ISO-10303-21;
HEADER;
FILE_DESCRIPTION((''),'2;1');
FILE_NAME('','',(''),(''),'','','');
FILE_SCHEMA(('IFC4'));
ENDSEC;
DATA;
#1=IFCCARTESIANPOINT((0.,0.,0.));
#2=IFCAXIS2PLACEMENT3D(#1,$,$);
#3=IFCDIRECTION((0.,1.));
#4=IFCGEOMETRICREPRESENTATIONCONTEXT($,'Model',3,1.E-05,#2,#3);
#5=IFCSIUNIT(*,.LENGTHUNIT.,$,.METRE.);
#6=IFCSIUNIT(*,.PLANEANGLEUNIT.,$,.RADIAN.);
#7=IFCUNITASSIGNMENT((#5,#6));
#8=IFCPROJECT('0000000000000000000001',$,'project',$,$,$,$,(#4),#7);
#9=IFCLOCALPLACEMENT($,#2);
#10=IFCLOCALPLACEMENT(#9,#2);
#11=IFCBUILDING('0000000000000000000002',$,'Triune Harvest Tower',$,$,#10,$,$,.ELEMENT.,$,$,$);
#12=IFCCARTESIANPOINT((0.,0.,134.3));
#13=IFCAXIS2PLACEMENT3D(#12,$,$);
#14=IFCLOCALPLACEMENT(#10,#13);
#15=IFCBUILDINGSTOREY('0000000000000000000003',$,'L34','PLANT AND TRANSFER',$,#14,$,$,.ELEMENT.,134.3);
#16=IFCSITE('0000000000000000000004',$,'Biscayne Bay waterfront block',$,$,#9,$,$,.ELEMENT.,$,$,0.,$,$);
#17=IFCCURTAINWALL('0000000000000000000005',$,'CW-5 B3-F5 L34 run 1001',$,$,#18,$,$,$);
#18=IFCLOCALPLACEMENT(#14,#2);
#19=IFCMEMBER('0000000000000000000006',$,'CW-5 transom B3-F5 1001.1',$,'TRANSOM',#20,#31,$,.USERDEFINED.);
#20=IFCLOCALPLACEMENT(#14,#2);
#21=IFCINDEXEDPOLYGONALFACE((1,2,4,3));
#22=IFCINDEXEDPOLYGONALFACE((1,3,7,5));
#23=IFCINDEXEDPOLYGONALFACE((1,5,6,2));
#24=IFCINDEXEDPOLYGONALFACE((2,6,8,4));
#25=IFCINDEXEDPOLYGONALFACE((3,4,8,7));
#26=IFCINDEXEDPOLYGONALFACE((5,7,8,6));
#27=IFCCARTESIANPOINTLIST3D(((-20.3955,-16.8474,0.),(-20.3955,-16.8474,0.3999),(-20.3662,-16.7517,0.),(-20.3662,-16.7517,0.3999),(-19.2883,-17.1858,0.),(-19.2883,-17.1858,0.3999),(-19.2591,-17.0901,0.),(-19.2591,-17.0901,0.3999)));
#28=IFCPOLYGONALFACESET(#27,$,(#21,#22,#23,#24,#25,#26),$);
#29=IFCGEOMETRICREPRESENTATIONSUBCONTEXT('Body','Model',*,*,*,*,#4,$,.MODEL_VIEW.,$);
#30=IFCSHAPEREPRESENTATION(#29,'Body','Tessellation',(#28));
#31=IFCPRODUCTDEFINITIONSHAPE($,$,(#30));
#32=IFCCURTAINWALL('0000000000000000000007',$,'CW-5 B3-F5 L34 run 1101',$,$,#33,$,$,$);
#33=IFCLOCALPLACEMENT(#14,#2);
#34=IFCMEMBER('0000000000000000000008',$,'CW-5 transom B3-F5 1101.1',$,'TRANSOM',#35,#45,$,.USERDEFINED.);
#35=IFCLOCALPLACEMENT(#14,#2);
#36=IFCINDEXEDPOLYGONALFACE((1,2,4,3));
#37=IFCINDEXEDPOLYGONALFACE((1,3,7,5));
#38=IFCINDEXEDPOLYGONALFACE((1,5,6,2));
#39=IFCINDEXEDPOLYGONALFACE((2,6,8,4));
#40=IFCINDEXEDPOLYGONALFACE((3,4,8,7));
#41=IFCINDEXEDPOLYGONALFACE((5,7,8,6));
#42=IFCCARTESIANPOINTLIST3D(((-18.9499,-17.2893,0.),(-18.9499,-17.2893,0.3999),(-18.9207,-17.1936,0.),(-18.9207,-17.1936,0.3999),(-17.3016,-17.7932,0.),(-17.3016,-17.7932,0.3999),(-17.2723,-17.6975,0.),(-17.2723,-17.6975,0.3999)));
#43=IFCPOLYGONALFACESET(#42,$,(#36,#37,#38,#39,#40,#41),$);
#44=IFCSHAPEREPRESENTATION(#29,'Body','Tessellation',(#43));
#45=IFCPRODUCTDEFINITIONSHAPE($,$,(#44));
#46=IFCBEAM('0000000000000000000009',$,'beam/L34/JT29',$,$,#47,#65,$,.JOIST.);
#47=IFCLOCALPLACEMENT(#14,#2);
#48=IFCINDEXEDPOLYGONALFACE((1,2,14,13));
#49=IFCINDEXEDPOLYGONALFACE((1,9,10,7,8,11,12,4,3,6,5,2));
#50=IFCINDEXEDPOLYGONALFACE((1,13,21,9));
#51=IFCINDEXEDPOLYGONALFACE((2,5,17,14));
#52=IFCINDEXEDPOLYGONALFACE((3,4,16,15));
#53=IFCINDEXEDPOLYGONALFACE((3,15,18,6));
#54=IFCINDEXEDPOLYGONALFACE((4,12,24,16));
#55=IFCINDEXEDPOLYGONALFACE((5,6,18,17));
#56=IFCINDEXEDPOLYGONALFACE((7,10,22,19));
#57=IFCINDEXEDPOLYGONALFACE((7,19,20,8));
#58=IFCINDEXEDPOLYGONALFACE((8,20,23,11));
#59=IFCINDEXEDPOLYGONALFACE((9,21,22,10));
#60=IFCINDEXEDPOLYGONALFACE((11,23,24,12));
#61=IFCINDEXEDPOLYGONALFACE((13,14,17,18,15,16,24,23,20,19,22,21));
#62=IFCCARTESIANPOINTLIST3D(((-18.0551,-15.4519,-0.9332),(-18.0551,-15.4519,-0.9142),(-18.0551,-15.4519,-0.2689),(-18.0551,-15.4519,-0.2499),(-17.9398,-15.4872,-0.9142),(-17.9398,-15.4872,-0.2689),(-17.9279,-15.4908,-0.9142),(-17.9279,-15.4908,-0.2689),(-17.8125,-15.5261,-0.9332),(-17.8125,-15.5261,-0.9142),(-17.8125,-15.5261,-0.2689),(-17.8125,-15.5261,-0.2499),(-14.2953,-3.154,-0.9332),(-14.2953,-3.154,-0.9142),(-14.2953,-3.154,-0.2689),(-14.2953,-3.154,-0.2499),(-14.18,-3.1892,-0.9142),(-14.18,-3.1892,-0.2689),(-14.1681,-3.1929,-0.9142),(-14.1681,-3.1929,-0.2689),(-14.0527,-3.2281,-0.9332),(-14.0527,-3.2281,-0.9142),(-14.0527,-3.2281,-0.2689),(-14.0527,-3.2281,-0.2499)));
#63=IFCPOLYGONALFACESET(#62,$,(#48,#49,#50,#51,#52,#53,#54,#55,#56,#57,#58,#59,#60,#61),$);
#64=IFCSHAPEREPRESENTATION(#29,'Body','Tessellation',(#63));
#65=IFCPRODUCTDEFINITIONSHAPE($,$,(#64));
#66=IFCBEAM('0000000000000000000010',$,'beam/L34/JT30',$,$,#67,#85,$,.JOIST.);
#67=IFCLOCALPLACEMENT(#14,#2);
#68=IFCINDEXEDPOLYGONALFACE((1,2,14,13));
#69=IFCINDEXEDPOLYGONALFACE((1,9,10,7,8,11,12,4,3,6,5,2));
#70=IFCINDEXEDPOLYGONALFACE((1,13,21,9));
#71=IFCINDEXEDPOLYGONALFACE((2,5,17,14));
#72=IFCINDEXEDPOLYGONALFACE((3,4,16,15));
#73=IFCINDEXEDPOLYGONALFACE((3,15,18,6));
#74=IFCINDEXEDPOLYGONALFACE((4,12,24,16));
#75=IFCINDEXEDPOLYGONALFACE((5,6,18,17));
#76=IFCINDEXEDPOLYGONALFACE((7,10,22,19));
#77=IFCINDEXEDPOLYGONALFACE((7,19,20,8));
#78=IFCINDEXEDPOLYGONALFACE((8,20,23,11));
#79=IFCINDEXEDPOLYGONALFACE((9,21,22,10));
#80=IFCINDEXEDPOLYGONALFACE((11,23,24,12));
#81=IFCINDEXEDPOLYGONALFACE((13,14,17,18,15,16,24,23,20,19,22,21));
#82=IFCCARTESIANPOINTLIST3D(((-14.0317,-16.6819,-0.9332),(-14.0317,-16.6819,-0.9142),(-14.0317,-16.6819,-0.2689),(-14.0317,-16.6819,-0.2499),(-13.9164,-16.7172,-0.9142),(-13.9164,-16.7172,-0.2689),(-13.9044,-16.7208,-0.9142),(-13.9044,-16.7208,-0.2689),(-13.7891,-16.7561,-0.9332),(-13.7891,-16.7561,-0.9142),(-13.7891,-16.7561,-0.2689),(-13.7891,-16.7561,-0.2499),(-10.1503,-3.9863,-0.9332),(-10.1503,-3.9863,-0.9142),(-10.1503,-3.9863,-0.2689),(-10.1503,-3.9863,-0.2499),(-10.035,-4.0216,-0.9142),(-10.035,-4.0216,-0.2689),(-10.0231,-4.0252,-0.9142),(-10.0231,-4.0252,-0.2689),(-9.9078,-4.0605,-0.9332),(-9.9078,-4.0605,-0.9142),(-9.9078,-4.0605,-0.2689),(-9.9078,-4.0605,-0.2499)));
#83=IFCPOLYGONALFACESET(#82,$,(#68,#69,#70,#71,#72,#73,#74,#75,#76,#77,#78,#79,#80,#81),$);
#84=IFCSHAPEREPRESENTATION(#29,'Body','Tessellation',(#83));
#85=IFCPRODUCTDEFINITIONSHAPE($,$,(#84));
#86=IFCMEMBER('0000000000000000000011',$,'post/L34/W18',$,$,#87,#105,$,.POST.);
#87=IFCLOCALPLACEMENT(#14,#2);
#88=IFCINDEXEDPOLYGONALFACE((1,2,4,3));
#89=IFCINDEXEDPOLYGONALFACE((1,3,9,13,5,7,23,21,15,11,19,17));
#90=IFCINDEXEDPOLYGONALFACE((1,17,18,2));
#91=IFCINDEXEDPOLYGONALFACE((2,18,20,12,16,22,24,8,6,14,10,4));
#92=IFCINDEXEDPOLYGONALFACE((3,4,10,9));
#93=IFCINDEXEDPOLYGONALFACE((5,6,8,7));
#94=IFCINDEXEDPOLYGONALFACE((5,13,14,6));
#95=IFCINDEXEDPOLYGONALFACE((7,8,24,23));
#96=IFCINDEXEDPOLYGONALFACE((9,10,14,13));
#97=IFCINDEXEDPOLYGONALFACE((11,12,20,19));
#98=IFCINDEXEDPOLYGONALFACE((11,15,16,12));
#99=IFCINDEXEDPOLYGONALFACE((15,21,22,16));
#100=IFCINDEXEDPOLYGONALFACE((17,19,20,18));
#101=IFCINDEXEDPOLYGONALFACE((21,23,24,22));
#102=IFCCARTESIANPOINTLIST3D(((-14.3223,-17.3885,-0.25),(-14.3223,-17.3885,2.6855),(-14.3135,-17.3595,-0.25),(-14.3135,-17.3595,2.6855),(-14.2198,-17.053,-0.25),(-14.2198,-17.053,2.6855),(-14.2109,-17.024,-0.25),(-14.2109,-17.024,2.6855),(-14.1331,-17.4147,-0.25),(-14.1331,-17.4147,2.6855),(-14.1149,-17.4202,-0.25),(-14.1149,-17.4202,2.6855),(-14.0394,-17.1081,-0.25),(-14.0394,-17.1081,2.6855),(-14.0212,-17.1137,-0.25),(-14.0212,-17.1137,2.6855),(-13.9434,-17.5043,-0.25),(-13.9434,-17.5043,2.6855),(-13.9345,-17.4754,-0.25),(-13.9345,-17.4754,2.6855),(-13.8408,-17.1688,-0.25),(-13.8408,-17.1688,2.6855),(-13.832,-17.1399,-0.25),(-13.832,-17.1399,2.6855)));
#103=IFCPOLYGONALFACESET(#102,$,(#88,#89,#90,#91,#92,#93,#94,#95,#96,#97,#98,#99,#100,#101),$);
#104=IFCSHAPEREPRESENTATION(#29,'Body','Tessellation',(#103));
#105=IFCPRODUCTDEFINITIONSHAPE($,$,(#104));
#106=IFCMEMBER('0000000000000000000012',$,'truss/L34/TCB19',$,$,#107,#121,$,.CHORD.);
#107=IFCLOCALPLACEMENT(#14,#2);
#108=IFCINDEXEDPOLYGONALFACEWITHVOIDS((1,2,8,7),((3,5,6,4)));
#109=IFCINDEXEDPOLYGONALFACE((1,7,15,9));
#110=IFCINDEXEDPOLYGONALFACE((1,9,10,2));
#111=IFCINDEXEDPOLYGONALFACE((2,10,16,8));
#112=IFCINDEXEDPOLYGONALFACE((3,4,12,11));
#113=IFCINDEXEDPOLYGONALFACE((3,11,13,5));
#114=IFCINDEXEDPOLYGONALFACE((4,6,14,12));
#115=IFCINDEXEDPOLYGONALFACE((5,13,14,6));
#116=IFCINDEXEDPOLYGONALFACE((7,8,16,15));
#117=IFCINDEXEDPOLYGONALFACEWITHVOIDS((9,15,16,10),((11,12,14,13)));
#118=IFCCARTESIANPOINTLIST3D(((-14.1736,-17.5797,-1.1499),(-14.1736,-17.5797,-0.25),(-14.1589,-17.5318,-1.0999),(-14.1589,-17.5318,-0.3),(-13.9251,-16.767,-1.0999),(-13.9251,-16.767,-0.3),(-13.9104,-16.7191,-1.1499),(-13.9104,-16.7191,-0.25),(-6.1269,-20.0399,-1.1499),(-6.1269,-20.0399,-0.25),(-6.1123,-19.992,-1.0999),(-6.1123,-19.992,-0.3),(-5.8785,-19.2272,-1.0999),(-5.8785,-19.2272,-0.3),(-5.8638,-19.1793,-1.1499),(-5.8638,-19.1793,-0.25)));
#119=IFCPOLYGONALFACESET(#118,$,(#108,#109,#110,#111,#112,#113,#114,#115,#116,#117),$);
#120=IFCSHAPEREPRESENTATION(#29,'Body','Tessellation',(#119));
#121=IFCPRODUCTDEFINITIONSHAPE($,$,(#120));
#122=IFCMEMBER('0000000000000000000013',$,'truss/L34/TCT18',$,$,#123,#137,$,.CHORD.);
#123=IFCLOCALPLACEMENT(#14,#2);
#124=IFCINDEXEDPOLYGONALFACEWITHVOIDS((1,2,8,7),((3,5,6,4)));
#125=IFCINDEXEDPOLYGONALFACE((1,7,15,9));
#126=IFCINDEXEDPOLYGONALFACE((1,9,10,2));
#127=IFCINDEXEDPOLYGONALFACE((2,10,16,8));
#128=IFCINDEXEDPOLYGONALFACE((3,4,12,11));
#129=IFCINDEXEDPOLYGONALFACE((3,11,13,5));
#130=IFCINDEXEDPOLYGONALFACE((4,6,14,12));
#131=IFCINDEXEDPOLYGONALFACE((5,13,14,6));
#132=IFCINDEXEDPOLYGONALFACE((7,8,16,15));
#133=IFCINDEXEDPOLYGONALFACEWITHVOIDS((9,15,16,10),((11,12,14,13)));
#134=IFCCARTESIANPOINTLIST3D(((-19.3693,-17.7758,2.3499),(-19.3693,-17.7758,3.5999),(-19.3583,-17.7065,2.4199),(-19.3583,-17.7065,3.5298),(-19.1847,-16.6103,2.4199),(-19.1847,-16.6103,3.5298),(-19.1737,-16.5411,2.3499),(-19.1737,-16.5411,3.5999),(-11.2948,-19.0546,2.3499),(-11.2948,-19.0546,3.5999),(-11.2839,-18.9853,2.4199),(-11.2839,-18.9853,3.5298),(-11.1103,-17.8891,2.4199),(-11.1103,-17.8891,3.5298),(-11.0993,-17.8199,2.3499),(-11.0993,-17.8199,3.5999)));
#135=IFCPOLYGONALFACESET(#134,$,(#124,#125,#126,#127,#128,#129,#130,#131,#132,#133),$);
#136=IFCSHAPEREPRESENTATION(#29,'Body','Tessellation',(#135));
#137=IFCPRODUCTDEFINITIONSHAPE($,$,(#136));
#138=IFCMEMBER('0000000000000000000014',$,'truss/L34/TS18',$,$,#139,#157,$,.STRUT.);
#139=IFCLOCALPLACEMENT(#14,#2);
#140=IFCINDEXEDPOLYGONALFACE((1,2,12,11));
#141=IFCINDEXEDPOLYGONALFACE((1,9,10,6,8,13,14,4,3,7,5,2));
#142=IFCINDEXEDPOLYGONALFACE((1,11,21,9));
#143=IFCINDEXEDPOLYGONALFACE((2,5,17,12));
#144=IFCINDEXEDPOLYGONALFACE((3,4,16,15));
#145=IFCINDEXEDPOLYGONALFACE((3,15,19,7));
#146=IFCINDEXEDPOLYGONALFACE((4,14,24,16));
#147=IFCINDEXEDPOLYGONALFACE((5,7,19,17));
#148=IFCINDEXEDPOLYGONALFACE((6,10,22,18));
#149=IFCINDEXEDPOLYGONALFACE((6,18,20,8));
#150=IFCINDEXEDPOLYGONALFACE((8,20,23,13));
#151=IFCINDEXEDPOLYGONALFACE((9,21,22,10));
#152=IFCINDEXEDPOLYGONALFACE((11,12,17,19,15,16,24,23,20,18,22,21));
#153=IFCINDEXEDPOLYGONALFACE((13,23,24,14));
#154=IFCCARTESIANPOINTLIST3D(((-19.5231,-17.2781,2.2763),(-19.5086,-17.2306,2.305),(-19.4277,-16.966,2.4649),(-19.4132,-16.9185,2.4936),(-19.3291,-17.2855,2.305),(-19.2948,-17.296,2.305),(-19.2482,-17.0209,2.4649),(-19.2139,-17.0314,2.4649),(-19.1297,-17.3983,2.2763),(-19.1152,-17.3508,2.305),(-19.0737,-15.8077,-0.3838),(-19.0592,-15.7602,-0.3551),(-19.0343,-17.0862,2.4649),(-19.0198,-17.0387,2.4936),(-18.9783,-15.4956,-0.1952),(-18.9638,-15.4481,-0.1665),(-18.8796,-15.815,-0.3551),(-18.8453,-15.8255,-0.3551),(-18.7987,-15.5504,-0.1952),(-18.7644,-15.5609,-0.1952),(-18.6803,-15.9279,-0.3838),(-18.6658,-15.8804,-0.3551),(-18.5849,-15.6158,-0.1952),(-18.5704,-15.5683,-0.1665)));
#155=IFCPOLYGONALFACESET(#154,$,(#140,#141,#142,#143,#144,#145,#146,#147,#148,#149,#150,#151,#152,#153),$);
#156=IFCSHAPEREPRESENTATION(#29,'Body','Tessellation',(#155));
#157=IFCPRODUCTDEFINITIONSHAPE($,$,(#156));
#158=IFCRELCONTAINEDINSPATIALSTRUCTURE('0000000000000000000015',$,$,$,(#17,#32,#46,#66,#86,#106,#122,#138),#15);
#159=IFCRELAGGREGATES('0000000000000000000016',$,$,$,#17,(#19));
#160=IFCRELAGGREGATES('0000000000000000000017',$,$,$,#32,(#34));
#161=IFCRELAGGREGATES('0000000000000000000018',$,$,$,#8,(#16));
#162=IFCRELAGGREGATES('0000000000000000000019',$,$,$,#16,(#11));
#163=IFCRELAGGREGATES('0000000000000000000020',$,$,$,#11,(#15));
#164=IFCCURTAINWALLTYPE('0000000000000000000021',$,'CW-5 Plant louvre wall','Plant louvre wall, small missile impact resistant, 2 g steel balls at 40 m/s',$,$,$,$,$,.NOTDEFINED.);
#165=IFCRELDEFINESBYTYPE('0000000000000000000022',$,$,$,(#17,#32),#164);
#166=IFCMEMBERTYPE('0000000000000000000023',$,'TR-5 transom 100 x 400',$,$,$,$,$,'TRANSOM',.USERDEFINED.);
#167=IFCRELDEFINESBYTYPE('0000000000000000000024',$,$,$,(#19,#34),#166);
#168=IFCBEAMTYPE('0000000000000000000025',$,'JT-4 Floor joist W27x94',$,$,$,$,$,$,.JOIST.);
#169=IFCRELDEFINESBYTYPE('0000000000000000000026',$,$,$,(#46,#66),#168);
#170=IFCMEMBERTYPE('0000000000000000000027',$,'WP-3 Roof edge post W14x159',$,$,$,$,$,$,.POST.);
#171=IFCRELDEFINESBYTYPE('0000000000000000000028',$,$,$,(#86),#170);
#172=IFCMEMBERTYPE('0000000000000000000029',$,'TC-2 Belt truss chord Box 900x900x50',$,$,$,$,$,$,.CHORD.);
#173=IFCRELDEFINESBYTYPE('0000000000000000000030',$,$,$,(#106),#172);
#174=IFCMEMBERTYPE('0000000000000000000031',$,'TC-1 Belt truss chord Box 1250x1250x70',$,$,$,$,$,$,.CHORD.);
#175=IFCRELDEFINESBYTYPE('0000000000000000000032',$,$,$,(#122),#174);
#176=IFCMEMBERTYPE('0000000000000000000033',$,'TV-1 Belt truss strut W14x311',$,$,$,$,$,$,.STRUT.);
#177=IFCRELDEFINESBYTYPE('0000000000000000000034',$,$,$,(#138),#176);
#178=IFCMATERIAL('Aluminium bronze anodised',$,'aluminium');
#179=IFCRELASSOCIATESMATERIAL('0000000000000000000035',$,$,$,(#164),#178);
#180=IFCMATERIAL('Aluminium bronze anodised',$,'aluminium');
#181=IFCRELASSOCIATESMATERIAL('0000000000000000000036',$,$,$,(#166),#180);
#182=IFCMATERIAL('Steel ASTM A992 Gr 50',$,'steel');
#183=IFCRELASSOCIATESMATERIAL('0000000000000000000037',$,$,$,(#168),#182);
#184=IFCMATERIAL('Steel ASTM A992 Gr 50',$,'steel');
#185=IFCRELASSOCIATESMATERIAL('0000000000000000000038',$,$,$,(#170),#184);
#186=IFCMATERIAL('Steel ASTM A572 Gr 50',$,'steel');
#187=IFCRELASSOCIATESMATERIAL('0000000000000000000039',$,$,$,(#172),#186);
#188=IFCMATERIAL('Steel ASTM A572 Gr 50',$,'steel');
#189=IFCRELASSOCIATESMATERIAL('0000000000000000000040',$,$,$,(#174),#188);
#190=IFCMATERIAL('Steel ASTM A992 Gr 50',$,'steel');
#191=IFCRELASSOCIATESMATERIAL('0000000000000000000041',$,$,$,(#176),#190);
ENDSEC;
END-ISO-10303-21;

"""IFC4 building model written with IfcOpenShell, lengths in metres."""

from ifc_helpers import new_model, si_unit, direction, frame, origin, origin_2d, place, context, subcontext, project, spatial, rectangle, hollow_rectangle, i_section, extrude, source, transform, mapped, material, material_profile, profile_set, type_object, element, aggregate, save


model = new_model("IFC4")

# Units and contexts
model_context = context("Model", 3, precision=1e-05, world=origin(), true_north=direction((0.0, 1.0)))
body_context = subcontext(model_context, "Body", "Model", "MODEL_VIEW")
ifc_project = project(units=[si_unit("LENGTHUNIT", "METRE"), si_unit("PLANEANGLEUNIT", "RADIAN")], contexts=[model_context])

# Site, building, storey
site_placement = place(None, origin())
site = spatial("IfcSite", under=ifc_project, at=site_placement, Name="Biscayne Bay waterfront block", CompositionType="ELEMENT", RefElevation=0.0)
building_placement = place(site_placement, origin())
building = spatial("IfcBuilding", under=site, at=building_placement, Name="Triune Harvest Tower", CompositionType="ELEMENT")
storey_placement = place(building_placement, frame((0.0, 0.0, 134.3)))
storey = spatial("IfcBuildingStorey", under=building, at=storey_placement, Name="L34", Description="PLANT AND TRANSFER", CompositionType="ELEMENT", Elevation=134.3)

# Curtain walls, members
ifc_material_1 = material(Name="Aluminium bronze anodised", Category="aluminium")
curtain_wall_type = type_object("IfcCurtainWallType", Name="CW-5 Plant louvre wall", Description="Plant louvre wall, small missile impact resistant, 2 g steel balls at 40 m/s", PredefinedType="NOTDEFINED", material=ifc_material_1)
curtain_wall_1_placement = place(storey_placement, origin())
curtain_wall_1 = element("IfcCurtainWall", 1, at=curtain_wall_1_placement, inside=storey, type_object=curtain_wall_type, Name="CW-5 B3-F5 L34 run 1001")
ifc_material_2 = material(Name="Aluminium bronze anodised", Category="aluminium")
ifc_material_profile_1 = material_profile(ifc_material_2, rectangle(XDim=0.1001, YDim=0.3999, at=origin_2d()), Name="TR-5 transom 100 x 400")
ifc_profile_set_1 = profile_set([ifc_material_profile_1], Name="Aluminium bronze anodised")
member_type_1 = type_object("IfcMemberType", Name="TR-5 transom 100 x 400", ElementType="TRANSOM", PredefinedType="USERDEFINED", material=ifc_profile_set_1)
member_1_placement = place(storey_placement, frame((-20.3809, -16.7996, 0.2), z_axis=(0.956334, -0.292277, 0.0), x_axis=(0.292277, 0.956334, 0.0)))
member_1 = element("IfcMember", 2, at=member_1_placement, type_object=member_type_1, Name="CW-5 transom B3-F5 1001.1", ObjectType="TRANSOM", PredefinedType="USERDEFINED", context=body_context, shape_type="SweptSolid", body=[
    extrude(rectangle(XDim=0.1001, YDim=0.3999, at=origin_2d()), origin(), (0.0, 0.0, 1.0), 1.1577),
])
curtain_wall_2_placement = place(storey_placement, origin())
curtain_wall_2 = element("IfcCurtainWall", 3, at=curtain_wall_2_placement, inside=storey, type_object=curtain_wall_type, Name="CW-5 B3-F5 L34 run 1101")
member_2_placement = place(storey_placement, frame((-18.9353, -17.2415, 0.2), z_axis=(0.956316, -0.292334, 0.0), x_axis=(0.292334, 0.956316, 0.0)))
member_2 = element("IfcMember", 4, at=member_2_placement, type_object=member_type_1, Name="CW-5 transom B3-F5 1101.1", ObjectType="TRANSOM", PredefinedType="USERDEFINED", context=body_context, shape_type="SweptSolid", body=[
    extrude(rectangle(XDim=0.1001, YDim=0.3999, at=origin_2d()), origin(), (0.0, 0.0, 1.0), 1.7236),
])

# Beams
ifc_material_3 = material(Name="Steel ASTM A992 Gr 50", Category="steel")
ifc_material_profile_2 = material_profile(ifc_material_3, i_section(OverallWidth=0.2537, OverallDepth=0.6833, WebThickness=0.0125, FlangeThickness=0.019, at=origin_2d()), Name="W27x94")
ifc_profile_set_2 = profile_set([ifc_material_profile_2], Name="Steel ASTM A992 Gr 50")
beam_type = type_object("IfcBeamType", Name="JT-4 Floor joist W27x94", PredefinedType="JOIST", material=ifc_profile_set_2)
shared_shape_1 = source(origin(), body_context, "Body", "SweptSolid", [
    extrude(i_section(OverallWidth=0.2537, OverallDepth=0.6833, WebThickness=0.0125, FlangeThickness=0.019, at=origin_2d()), origin(), (0.0, 0.0, 1.0), 12.8599),
])
beam_1_placement = place(storey_placement, frame((-17.9338, -15.489, -0.5916), z_axis=(0.292367, 0.956306, 0.0), x_axis=(-0.956306, 0.292367, 0.0)))
element("IfcBeam", 5, at=beam_1_placement, inside=storey, type_object=beam_type, Name="beam/L34/JT29", PredefinedType="JOIST", context=body_context, shape_type="MappedRepresentation", body=[
    mapped(shared_shape_1, transform((0.0, 0.0, 0.0), scale=1.0)),
])
shared_shape_2 = source(origin(), body_context, "Body", "SweptSolid", [
    extrude(i_section(OverallWidth=0.2537, OverallDepth=0.6833, WebThickness=0.0125, FlangeThickness=0.019, at=origin_2d()), origin(), (0.0, 0.0, 1.0), 13.2756),
])
beam_2_placement = place(storey_placement, frame((-13.9104, -16.719, -0.5916), z_axis=(0.292367, 0.956306, 0.0), x_axis=(-0.956306, 0.292367, 0.0)))
element("IfcBeam", 6, at=beam_2_placement, inside=storey, type_object=beam_type, Name="beam/L34/JT30", PredefinedType="JOIST", context=body_context, shape_type="MappedRepresentation", body=[
    mapped(shared_shape_2, transform((0.0, 0.0, 0.0), scale=1.0)),
])

# Members
ifc_material_4 = material(Name="Steel ASTM A992 Gr 50", Category="steel")
ifc_material_profile_3 = material_profile(ifc_material_4, i_section(OverallWidth=0.3962, OverallDepth=0.3811, WebThickness=0.019, FlangeThickness=0.0303, at=origin_2d()), Name="W14x159")
ifc_profile_set_3 = profile_set([ifc_material_profile_3], Name="Steel ASTM A992 Gr 50")
member_type_2 = type_object("IfcMemberType", Name="WP-3 Roof edge post W14x159", PredefinedType="POST", material=ifc_profile_set_3)
shared_shape_3 = source(origin(), body_context, "Body", "SweptSolid", [
    extrude(i_section(OverallWidth=0.3962, OverallDepth=0.3811, WebThickness=0.019, FlangeThickness=0.0303, at=origin_2d()), origin(), (0.0, 0.0, 1.0), 2.9355),
])
member_3_placement = place(storey_placement, frame((-14.0771, -17.2642, -0.25), z_axis=(0.0, 0.0, 1.0), x_axis=(0.956305, -0.292372, 0.0)))
element("IfcMember", 7, at=member_3_placement, inside=storey, type_object=member_type_2, Name="post/L34/W18", PredefinedType="POST", context=body_context, shape_type="MappedRepresentation", body=[
    mapped(shared_shape_3, transform((0.0, 0.0, 0.0), scale=1.0)),
])
ifc_material_5 = material(Name="Steel ASTM A572 Gr 50", Category="steel")
ifc_material_profile_4 = material_profile(ifc_material_5, hollow_rectangle(XDim=0.8999, YDim=0.8999, WallThickness=0.05, at=origin_2d()), Name="Box 900x900x50")
ifc_profile_set_4 = profile_set([ifc_material_profile_4], Name="Steel ASTM A572 Gr 50")
member_type_3 = type_object("IfcMemberType", Name="TC-2 Belt truss chord Box 900x900x50", PredefinedType="CHORD", material=ifc_profile_set_4)
shared_shape_4 = source(origin(), body_context, "Body", "SweptSolid", [
    extrude(hollow_rectangle(XDim=0.8999, YDim=0.8999, WallThickness=0.05, at=origin_2d()), origin(), (0.0, 0.0, 1.0), 8.4143),
])
member_4_placement = place(storey_placement, frame((-14.042, -17.1494, -0.7), z_axis=(0.956301, -0.292383, 0.0), x_axis=(0.292383, 0.956301, 0.0)))
element("IfcMember", 8, at=member_4_placement, inside=storey, type_object=member_type_3, Name="truss/L34/TCB19", PredefinedType="CHORD", context=body_context, shape_type="MappedRepresentation", body=[
    mapped(shared_shape_4, transform((0.0, 0.0, 0.0), scale=1.0)),
])
ifc_material_6 = material(Name="Steel ASTM A572 Gr 50", Category="steel")
ifc_material_profile_5 = material_profile(ifc_material_6, hollow_rectangle(XDim=1.25, YDim=1.25, WallThickness=0.0701, at=origin_2d()), Name="Box 1250x1250x70")
ifc_profile_set_5 = profile_set([ifc_material_profile_5], Name="Steel ASTM A572 Gr 50")
member_type_4 = type_object("IfcMemberType", Name="TC-1 Belt truss chord Box 1250x1250x70", PredefinedType="CHORD", material=ifc_profile_set_5)
shared_shape_5 = source(origin(), body_context, "Body", "SweptSolid", [
    extrude(hollow_rectangle(XDim=1.25, YDim=1.25, WallThickness=0.0701, at=origin_2d()), origin(), (0.0, 0.0, 1.0), 8.175),
])
member_5_placement = place(storey_placement, frame((-19.2715, -17.1584, 2.9749), z_axis=(0.987689, -0.156427, 0.0), x_axis=(0.156427, 0.987689, 0.0)))
element("IfcMember", 9, at=member_5_placement, inside=storey, type_object=member_type_4, Name="truss/L34/TCT18", PredefinedType="CHORD", context=body_context, shape_type="MappedRepresentation", body=[
    mapped(shared_shape_5, transform((0.0, 0.0, 0.0), scale=1.0)),
])
ifc_material_7 = material(Name="Steel ASTM A992 Gr 50", Category="steel")
ifc_material_profile_6 = material_profile(ifc_material_7, i_section(OverallWidth=0.4114, OverallDepth=0.4343, WebThickness=0.0359, FlangeThickness=0.0574, at=origin_2d()), Name="W14x311")
ifc_profile_set_6 = profile_set([ifc_material_profile_6], Name="Steel ASTM A992 Gr 50")
member_type_5 = type_object("IfcMemberType", Name="TV-1 Belt truss strut W14x311", PredefinedType="STRUT", material=ifc_profile_set_6)
shared_shape_6 = source(origin(), body_context, "Body", "SweptSolid", [
    extrude(i_section(OverallWidth=0.4114, OverallDepth=0.4343, WebThickness=0.0359, FlangeThickness=0.0574, at=origin_2d()), origin(), (0.0, 0.0, 1.0), 3.0725),
])
member_6_placement = place(storey_placement, frame((-18.822, -15.688, -0.2751), z_axis=(-0.146282, -0.478576, 0.865775), x_axis=(0.956323, -0.292311, 0.0)))
element("IfcMember", 10, at=member_6_placement, inside=storey, type_object=member_type_5, Name="truss/L34/TS18", PredefinedType="STRUT", context=body_context, shape_type="MappedRepresentation", body=[
    mapped(shared_shape_6, transform((0.0, 0.0, 0.0), scale=1.0)),
])

aggregate(curtain_wall_1, [member_1])
aggregate(curtain_wall_2, [member_2])

save(model, "model.ifc")
